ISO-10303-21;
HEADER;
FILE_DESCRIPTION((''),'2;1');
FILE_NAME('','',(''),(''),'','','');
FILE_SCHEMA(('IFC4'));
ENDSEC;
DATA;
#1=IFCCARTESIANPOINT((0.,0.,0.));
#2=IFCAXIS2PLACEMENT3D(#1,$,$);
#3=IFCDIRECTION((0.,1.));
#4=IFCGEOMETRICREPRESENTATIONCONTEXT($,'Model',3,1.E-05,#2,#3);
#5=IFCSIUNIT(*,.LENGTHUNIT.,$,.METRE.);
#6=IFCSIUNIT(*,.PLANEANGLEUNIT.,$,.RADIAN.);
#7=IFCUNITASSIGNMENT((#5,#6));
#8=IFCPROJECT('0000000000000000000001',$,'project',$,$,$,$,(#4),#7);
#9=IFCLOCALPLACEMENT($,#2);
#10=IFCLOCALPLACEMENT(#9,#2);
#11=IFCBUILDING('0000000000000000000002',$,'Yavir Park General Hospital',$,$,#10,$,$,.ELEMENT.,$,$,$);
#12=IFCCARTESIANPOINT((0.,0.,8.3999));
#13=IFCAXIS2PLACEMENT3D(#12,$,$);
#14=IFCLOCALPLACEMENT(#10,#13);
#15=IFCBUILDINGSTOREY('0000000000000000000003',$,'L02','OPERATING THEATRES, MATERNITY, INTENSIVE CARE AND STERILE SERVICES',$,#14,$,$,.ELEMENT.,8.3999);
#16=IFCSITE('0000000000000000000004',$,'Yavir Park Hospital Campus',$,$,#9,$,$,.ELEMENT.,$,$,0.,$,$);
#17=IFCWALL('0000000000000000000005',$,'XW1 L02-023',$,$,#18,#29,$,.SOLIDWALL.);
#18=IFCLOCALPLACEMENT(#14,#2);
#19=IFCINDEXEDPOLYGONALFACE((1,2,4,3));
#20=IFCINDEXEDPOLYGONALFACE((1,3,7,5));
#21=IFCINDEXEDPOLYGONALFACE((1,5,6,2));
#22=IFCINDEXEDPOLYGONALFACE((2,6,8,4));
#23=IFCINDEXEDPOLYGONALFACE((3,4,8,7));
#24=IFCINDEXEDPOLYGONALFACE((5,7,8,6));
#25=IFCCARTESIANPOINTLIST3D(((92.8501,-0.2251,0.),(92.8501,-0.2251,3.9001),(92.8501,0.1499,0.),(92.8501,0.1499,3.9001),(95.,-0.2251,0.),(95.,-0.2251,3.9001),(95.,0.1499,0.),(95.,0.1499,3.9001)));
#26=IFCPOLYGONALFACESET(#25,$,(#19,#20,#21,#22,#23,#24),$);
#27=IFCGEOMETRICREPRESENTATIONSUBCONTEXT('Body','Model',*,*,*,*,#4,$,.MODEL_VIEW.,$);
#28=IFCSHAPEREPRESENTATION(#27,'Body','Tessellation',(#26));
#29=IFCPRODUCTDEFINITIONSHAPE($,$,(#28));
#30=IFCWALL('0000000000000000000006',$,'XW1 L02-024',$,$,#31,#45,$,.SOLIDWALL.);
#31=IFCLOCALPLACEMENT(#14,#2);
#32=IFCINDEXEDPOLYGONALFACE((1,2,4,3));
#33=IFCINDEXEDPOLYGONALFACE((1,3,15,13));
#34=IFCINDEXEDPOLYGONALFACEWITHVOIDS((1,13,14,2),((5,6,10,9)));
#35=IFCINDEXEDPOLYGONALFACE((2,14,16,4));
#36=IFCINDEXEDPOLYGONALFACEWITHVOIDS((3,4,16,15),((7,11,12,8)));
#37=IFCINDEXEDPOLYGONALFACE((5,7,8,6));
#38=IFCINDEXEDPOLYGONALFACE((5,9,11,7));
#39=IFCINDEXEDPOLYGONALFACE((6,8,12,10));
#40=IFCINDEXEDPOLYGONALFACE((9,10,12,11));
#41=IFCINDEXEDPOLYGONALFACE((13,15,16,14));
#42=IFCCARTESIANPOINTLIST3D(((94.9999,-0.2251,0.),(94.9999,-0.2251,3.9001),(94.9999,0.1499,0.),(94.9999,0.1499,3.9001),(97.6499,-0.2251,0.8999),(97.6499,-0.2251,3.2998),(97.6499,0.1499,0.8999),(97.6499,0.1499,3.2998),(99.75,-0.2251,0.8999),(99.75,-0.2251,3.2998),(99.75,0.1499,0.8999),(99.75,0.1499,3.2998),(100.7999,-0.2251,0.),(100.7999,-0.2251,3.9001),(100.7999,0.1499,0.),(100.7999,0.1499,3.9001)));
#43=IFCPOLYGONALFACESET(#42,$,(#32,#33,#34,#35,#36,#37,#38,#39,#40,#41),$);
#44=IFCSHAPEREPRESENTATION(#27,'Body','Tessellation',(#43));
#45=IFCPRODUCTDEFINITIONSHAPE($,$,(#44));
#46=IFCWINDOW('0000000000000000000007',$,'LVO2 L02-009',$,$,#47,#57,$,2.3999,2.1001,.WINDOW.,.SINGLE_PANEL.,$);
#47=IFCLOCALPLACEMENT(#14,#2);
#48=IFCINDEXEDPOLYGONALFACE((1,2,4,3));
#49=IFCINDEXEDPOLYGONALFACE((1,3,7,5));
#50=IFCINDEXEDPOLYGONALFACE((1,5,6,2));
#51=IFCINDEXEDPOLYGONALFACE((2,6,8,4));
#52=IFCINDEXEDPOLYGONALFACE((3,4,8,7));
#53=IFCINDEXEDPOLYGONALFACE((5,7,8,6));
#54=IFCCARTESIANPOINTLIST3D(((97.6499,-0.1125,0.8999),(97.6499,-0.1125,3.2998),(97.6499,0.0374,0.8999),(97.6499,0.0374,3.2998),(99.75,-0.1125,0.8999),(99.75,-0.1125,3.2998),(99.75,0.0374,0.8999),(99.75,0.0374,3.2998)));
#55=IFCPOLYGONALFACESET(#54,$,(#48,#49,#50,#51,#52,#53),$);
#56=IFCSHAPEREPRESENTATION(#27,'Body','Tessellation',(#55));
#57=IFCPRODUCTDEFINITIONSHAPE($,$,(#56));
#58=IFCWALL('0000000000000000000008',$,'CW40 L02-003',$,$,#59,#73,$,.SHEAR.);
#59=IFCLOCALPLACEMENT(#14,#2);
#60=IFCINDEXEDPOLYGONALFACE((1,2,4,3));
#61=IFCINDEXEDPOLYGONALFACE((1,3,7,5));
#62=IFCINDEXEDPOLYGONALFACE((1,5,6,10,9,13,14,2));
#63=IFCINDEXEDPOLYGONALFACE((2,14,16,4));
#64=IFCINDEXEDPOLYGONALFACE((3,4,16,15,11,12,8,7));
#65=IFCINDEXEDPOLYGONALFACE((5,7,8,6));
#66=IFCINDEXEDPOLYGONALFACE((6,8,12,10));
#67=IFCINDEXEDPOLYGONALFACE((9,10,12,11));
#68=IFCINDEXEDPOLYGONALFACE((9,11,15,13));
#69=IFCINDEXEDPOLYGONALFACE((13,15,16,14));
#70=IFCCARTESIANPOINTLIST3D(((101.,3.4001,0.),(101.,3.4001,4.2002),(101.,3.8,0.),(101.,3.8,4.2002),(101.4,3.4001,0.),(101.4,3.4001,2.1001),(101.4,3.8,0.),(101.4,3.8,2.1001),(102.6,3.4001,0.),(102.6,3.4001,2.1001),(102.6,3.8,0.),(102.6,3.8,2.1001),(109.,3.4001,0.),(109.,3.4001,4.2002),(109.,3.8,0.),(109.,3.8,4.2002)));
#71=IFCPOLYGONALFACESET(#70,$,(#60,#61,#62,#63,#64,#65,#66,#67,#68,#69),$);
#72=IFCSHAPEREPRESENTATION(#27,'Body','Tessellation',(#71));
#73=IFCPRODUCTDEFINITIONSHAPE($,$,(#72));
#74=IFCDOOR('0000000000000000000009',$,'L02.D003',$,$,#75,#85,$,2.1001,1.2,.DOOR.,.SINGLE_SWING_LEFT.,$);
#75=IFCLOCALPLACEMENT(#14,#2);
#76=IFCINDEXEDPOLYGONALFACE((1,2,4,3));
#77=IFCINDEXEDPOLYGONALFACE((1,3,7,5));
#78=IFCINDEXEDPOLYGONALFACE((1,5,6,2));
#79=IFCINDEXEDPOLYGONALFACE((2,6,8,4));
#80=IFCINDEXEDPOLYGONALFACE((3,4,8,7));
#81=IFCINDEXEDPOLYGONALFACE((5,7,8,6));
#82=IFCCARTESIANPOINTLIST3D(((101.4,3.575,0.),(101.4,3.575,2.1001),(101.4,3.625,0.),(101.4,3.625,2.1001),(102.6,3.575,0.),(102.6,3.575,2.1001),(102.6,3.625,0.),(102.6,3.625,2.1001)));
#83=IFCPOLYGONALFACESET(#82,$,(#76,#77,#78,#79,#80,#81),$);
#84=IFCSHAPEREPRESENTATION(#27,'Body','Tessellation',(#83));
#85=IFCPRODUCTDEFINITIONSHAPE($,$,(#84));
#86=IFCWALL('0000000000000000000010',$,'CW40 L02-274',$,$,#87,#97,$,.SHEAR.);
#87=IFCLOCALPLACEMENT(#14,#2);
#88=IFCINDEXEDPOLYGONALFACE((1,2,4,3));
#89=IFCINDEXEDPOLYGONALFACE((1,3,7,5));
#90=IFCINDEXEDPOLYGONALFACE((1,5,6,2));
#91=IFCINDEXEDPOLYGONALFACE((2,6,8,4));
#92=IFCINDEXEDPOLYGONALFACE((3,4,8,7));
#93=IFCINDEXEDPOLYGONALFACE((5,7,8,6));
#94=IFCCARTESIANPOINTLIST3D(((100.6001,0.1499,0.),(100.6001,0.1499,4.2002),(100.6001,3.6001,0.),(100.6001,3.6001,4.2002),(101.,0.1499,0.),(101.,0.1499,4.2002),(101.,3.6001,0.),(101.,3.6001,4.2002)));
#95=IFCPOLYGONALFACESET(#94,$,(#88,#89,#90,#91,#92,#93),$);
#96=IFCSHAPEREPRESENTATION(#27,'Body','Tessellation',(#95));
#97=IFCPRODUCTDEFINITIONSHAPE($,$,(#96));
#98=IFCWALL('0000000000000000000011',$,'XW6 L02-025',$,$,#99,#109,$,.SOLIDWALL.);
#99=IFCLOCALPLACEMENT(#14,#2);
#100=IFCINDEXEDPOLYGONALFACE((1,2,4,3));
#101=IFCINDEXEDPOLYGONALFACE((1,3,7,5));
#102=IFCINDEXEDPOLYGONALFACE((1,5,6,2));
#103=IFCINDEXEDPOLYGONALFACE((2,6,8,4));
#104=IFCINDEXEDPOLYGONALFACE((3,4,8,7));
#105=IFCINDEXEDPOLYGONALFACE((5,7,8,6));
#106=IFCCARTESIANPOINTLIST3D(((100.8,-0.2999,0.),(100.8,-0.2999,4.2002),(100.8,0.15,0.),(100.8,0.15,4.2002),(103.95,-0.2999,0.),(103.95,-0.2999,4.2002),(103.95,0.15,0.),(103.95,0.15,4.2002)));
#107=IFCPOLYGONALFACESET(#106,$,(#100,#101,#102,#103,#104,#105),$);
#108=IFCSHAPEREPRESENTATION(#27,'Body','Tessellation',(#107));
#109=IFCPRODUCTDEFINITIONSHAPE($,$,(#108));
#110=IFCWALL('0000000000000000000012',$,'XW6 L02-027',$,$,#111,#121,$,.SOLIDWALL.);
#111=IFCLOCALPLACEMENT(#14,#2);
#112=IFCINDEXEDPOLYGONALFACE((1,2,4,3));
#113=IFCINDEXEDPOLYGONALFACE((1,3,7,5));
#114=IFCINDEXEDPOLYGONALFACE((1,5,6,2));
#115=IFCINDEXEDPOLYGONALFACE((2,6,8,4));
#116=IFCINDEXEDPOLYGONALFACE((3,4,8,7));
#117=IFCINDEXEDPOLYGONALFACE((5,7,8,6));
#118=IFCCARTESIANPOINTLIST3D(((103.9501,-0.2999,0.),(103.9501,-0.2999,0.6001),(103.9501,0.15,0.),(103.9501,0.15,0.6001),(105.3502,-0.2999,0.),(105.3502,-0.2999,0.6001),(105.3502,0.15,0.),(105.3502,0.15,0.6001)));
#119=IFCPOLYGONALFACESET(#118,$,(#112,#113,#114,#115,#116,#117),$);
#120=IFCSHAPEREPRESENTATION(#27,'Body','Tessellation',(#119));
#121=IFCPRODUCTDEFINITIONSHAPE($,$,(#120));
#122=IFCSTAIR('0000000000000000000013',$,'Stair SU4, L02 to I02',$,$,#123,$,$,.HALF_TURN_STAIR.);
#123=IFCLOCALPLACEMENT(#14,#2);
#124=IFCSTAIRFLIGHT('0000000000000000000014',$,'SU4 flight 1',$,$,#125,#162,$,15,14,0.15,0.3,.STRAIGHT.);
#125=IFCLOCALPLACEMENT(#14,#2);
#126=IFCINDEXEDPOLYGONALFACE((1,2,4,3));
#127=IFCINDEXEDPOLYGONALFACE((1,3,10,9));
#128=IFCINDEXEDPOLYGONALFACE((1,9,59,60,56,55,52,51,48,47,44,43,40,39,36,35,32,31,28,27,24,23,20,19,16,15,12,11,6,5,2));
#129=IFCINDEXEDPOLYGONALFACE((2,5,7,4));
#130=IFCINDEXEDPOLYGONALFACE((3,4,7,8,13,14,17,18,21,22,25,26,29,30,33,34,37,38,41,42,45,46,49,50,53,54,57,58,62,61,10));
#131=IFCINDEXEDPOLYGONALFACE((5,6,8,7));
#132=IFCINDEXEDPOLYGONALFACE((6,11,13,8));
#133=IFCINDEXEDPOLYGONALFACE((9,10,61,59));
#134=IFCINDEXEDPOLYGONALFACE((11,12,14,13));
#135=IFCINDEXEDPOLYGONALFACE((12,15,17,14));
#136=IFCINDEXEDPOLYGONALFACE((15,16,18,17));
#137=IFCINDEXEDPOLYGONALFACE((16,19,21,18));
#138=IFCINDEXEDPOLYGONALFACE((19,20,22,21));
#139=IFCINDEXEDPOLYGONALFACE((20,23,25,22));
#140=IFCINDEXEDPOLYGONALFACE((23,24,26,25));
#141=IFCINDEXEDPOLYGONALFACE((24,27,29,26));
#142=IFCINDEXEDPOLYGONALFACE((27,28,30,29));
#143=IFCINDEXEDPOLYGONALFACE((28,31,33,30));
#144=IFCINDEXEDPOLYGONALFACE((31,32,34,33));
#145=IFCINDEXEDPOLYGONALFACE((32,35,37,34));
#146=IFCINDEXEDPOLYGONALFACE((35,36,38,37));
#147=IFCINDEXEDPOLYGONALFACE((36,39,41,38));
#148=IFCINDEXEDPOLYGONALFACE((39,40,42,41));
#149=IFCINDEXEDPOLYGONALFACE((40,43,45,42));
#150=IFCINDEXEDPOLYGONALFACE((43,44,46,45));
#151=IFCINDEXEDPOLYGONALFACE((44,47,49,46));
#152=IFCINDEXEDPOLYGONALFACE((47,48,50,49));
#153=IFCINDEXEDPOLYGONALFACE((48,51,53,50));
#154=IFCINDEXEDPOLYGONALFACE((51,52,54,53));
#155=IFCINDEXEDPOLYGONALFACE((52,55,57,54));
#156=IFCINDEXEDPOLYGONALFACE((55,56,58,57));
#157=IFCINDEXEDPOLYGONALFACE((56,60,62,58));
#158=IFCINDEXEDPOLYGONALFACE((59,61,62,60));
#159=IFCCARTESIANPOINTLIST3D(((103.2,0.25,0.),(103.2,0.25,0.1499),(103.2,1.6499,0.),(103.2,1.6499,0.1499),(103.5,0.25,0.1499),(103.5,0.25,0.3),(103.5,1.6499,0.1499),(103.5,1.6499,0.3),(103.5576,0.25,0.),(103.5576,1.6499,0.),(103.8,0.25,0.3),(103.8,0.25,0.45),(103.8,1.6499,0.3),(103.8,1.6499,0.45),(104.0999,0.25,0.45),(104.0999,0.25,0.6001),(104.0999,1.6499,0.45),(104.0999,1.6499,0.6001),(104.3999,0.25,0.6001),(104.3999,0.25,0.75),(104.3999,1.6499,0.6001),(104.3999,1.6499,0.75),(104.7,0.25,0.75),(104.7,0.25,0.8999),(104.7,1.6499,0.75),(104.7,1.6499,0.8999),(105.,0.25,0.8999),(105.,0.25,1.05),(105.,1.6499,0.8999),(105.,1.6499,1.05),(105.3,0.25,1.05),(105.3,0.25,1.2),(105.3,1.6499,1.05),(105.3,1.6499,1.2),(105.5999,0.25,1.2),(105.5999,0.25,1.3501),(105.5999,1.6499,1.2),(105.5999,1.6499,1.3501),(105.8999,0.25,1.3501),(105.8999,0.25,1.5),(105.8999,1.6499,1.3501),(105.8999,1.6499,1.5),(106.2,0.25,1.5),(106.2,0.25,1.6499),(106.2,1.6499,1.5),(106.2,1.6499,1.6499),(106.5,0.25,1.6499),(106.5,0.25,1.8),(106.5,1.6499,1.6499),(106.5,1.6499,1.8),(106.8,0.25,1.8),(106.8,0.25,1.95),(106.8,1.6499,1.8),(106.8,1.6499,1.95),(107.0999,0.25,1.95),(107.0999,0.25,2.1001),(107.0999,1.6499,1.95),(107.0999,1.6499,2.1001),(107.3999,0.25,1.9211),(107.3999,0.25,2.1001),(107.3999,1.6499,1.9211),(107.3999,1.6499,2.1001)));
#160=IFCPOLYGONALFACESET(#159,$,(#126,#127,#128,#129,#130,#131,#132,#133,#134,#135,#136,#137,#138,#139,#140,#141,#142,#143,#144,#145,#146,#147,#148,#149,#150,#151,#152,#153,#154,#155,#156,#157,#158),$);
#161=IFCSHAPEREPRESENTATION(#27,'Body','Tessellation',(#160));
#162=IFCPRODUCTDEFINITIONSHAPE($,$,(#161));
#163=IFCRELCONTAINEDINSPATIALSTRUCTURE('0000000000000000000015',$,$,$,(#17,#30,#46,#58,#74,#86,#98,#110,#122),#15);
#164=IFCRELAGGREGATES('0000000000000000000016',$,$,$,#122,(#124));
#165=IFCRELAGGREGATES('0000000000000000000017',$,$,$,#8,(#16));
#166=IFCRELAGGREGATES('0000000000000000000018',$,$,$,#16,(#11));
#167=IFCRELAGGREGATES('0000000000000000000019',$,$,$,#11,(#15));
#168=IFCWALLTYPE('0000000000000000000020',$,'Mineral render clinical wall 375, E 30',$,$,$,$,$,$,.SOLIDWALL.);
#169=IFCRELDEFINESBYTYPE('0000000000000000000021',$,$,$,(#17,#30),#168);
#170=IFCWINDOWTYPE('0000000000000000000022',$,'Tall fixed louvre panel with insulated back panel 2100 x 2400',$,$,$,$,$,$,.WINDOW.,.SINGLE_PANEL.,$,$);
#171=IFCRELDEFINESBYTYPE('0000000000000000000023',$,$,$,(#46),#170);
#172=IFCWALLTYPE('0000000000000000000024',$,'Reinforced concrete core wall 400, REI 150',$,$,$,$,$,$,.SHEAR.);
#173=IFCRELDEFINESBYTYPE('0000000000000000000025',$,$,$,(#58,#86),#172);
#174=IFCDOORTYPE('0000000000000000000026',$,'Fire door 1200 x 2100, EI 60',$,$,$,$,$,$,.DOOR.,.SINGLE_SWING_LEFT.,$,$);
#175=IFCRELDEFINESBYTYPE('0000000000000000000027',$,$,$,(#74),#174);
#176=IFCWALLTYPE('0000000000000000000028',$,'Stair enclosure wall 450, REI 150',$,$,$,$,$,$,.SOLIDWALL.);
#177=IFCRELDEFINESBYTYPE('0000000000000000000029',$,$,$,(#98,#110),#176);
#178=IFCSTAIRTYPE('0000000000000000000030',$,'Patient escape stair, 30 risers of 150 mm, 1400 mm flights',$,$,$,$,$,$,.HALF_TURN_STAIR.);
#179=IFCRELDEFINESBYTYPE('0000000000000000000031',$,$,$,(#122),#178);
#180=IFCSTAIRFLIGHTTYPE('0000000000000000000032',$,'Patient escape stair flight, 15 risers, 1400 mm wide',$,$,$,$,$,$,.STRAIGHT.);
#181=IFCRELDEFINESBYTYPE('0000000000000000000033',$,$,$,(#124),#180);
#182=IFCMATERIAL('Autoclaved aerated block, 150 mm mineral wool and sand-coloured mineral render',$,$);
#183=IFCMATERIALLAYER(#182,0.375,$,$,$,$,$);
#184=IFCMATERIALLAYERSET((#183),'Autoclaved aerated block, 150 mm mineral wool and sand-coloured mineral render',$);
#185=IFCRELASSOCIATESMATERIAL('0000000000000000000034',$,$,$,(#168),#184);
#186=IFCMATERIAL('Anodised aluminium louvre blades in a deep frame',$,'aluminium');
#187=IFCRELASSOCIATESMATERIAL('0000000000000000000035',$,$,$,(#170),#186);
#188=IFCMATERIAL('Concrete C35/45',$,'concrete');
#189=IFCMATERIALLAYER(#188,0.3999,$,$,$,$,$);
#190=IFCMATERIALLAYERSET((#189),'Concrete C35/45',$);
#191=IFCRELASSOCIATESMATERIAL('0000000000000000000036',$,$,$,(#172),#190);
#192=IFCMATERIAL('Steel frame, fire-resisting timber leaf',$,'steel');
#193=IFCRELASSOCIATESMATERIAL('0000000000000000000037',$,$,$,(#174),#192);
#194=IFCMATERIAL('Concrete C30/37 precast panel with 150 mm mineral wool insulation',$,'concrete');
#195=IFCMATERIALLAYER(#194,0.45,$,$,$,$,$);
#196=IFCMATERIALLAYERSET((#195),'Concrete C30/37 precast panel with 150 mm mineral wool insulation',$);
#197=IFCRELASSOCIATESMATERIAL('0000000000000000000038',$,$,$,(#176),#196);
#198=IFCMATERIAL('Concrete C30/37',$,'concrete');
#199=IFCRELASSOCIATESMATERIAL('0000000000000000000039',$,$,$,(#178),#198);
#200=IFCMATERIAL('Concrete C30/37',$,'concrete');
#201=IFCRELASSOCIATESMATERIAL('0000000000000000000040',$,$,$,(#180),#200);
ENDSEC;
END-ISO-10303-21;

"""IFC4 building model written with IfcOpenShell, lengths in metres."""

from ifc_helpers import new_model, si_unit, direction, frame, frame_2d, origin, place, context, subcontext, project, spatial, polyline, rectangle, outline, extrude, material, layer, layer_set, type_object, element, fill, aggregate, save


model = new_model("IFC4")

# Units and contexts
model_context = context("Model", 3, precision=1e-05, world=origin(), true_north=direction((0.0, 1.0)))
body_context = subcontext(model_context, "Body", "Model", "MODEL_VIEW")
ifc_project = project(units=[si_unit("LENGTHUNIT", "METRE"), si_unit("PLANEANGLEUNIT", "RADIAN")], contexts=[model_context])

# Site, building, storey
site_placement = place(None, origin())
site = spatial("IfcSite", under=ifc_project, at=site_placement, Name="Yavir Park Hospital Campus", CompositionType="ELEMENT", RefElevation=0.0)
building_placement = place(site_placement, origin())
building = spatial("IfcBuilding", under=site, at=building_placement, Name="Yavir Park General Hospital", CompositionType="ELEMENT")
storey_placement = place(building_placement, frame((0.0, 0.0, 8.3999)))
storey = spatial("IfcBuildingStorey", under=building, at=storey_placement, Name="L02", Description="OPERATING THEATRES, MATERNITY, INTENSIVE CARE AND STERILE SERVICES", CompositionType="ELEMENT", Elevation=8.3999)

# Wall
ifc_material_1 = material(Name="Autoclaved aerated block, 150 mm mineral wool and sand-coloured mineral render")
ifc_layer_1 = layer(ifc_material_1, 0.375)
ifc_layer_set_1 = layer_set([ifc_layer_1], Name="Autoclaved aerated block, 150 mm mineral wool and sand-coloured mineral render")
wall_type_1 = type_object("IfcWallType", Name="Mineral render clinical wall 375, E 30", PredefinedType="SOLIDWALL", material=ifc_layer_set_1)
wall_1_placement = place(storey_placement, frame((92.8501, -0.0376, 0.0), z_axis=(0.0, 0.0, 1.0), x_axis=(1.0, 0.0, 0.0)))
element("IfcWall", 1, at=wall_1_placement, inside=storey, type_object=wall_type_1, Name="XW1 L02-023", PredefinedType="SOLIDWALL", context=body_context, shape_type="SweptSolid", body=[
    extrude(rectangle(XDim=2.1499, YDim=0.375, at=frame_2d((1.075, 0.0))), origin(), (0.0, 0.0, 1.0), 3.9001),
])

# Wall, opening, window
wall_2_placement = place(storey_placement, frame((95.0, -0.0376, 0.0), z_axis=(0.0, 0.0, 1.0), x_axis=(1.0, 0.0, 0.0)))
wall_2 = element("IfcWall", 2, at=wall_2_placement, inside=storey, type_object=wall_type_1, Name="XW1 L02-024", PredefinedType="SOLIDWALL", context=body_context, shape_type="SweptSolid", body=[
    extrude(rectangle(XDim=5.8, YDim=0.375, at=frame_2d((2.8999, 0.0))), origin(), (0.0, 0.0, 1.0), 3.9001),
])
opening_1_placement = place(wall_2_placement, frame((2.6499, 0.0, 0.8999)))
opening_1 = element("IfcOpeningElement", 3, at=opening_1_placement, cuts=wall_2, PredefinedType="OPENING", context=body_context, shape_type="SweptSolid", body=[
    extrude(rectangle(XDim=2.1001, YDim=2.3999, at=frame_2d((1.05, 1.2))), frame((0.0, 0.1975, 0.0), z_axis=(0.0, -1.0, 0.0), x_axis=(1.0, 0.0, 0.0)), (0.0, 0.0, 1.0), 0.395),
])
ifc_material_2 = material(Name="Anodised aluminium louvre blades in a deep frame", Category="aluminium")
window_type = type_object("IfcWindowType", Name="Tall fixed louvre panel with insulated back panel 2100 x 2400", PartitioningType="SINGLE_PANEL", PredefinedType="WINDOW", material=ifc_material_2)
window_placement = place(opening_1_placement, origin())
window = element("IfcWindow", 4, at=window_placement, inside=storey, type_object=window_type, Name="LVO2 L02-009", OverallHeight=2.3999, OverallWidth=2.1001, PartitioningType="SINGLE_PANEL", PredefinedType="WINDOW", context=body_context, shape_type="SweptSolid", body=[
    extrude(rectangle(XDim=2.1001, YDim=2.3999, at=frame_2d((1.05, 1.2))), frame((0.0, 0.075, 0.0), z_axis=(0.0, -1.0, 0.0), x_axis=(1.0, 0.0, 0.0)), (0.0, 0.0, 1.0), 0.1499),
])
fill(opening_1, window)

# Wall, opening, door
ifc_material_3 = material(Name="Concrete C35/45", Category="concrete")
ifc_layer_2 = layer(ifc_material_3, 0.3999)
ifc_layer_set_2 = layer_set([ifc_layer_2], Name="Concrete C35/45")
wall_type_2 = type_object("IfcWallType", Name="Reinforced concrete core wall 400, REI 150", PredefinedType="SHEAR", material=ifc_layer_set_2)
wall_3_placement = place(storey_placement, frame((101.0, 3.6001, 0.0), z_axis=(0.0, 0.0, 1.0), x_axis=(1.0, 0.0, 0.0)))
wall_3 = element("IfcWall", 5, at=wall_3_placement, inside=storey, type_object=wall_type_2, Name="CW40 L02-003", PredefinedType="SHEAR", context=body_context, shape_type="SweptSolid", body=[
    extrude(rectangle(XDim=8.0, YDim=0.3999, at=frame_2d((4.0, 0.0))), origin(), (0.0, 0.0, 1.0), 4.2002),
])
opening_2_placement = place(wall_3_placement, frame((0.3999, 0.0, 0.0)))
opening_2 = element("IfcOpeningElement", 6, at=opening_2_placement, cuts=wall_3, PredefinedType="OPENING", context=body_context, shape_type="SweptSolid", body=[
    extrude(rectangle(XDim=1.2, YDim=2.1001, at=frame_2d((0.6001, 1.05))), frame((0.0, 0.21, 0.0), z_axis=(0.0, -1.0, 0.0), x_axis=(1.0, 0.0, 0.0)), (0.0, 0.0, 1.0), 0.4199),
])
ifc_material_4 = material(Name="Steel frame, fire-resisting timber leaf", Category="steel")
door_type_1 = type_object("IfcDoorType", Name="Fire door 1200 x 2100, EI 60", OperationType="SINGLE_SWING_LEFT", PredefinedType="DOOR", material=ifc_material_4)
door_1_placement = place(opening_2_placement, origin())
door_1 = element("IfcDoor", 7, at=door_1_placement, inside=storey, type_object=door_type_1, Name="L02.D003", OperationType="SINGLE_SWING_LEFT", OverallHeight=2.1001, OverallWidth=1.2, PredefinedType="DOOR", context=body_context, shape_type="SweptSolid", body=[
    extrude(rectangle(XDim=1.2, YDim=2.1001, at=frame_2d((0.6001, 1.05))), frame((0.0, 0.0249, 0.0), z_axis=(0.0, -1.0, 0.0), x_axis=(1.0, 0.0, 0.0)), (0.0, 0.0, 1.0), 0.05),
])
fill(opening_2, door_1)

# Walls
wall_4_placement = place(storey_placement, frame((100.8, 0.1499, 0.0), z_axis=(0.0, 0.0, 1.0), x_axis=(0.0, 1.0, 0.0)))
element("IfcWall", 8, at=wall_4_placement, inside=storey, type_object=wall_type_2, Name="CW40 L02-274", PredefinedType="SHEAR", context=body_context, shape_type="SweptSolid", body=[
    extrude(rectangle(XDim=3.4502, YDim=0.3999, at=frame_2d((1.7251, 0.0))), origin(), (0.0, 0.0, 1.0), 4.2002),
])
ifc_material_5 = material(Name="Concrete C30/37 precast panel with 150 mm mineral wool insulation", Category="concrete")
ifc_layer_3 = layer(ifc_material_5, 0.45)
ifc_layer_set_3 = layer_set([ifc_layer_3], Name="Concrete C30/37 precast panel with 150 mm mineral wool insulation")
wall_type_3 = type_object("IfcWallType", Name="Stair enclosure wall 450, REI 150", PredefinedType="SOLIDWALL", material=ifc_layer_set_3)
wall_5_placement = place(storey_placement, frame((100.8, -0.075, 0.0), z_axis=(0.0, 0.0, 1.0), x_axis=(1.0, 0.0, 0.0)))
element("IfcWall", 9, at=wall_5_placement, inside=storey, type_object=wall_type_3, Name="XW6 L02-025", PredefinedType="SOLIDWALL", context=body_context, shape_type="SweptSolid", body=[
    extrude(rectangle(XDim=3.1499, YDim=0.45, at=frame_2d((1.575, 0.0))), origin(), (0.0, 0.0, 1.0), 4.2002),
])
wall_6_placement = place(storey_placement, frame((103.95, -0.075, 0.0), z_axis=(0.0, 0.0, 1.0), x_axis=(1.0, 0.0, 0.0)))
element("IfcWall", 10, at=wall_6_placement, inside=storey, type_object=wall_type_3, Name="XW6 L02-027", PredefinedType="SOLIDWALL", context=body_context, shape_type="SweptSolid", body=[
    extrude(rectangle(XDim=1.4001, YDim=0.45, at=frame_2d((0.7002, 0.0))), origin(), (0.0, 0.0, 1.0), 0.6001),
])

# Stair, stair flight
ifc_material_6 = material(Name="Concrete C30/37", Category="concrete")
stair_type = type_object("IfcStairType", Name="Patient escape stair, 30 risers of 150 mm, 1400 mm flights", PredefinedType="HALF_TURN_STAIR", material=ifc_material_6)
stair_placement = place(storey_placement, origin())
stair = element("IfcStair", 11, at=stair_placement, inside=storey, type_object=stair_type, Name="Stair SU4, L02 to I02", PredefinedType="HALF_TURN_STAIR")
ifc_material_7 = material(Name="Concrete C30/37", Category="concrete")
stair_flight_type = type_object("IfcStairFlightType", Name="Patient escape stair flight, 15 risers, 1400 mm wide", PredefinedType="STRAIGHT", material=ifc_material_7)
stair_flight_placement = place(storey_placement, frame((103.2, 0.95, 0.0), z_axis=(0.0, 0.0, 1.0), x_axis=(1.0, 0.0, 0.0)))
stair_flight = element("IfcStairFlight", 12, at=stair_flight_placement, type_object=stair_flight_type, Name="SU4 flight 1", NumberOfRisers=15, NumberOfTreads=14, PredefinedType="STRAIGHT", RiserHeight=0.15, TreadLength=0.3, context=body_context, shape_type="SweptSolid", body=[
    extrude(outline(polyline([(0.0, 0.0), (0.0, 0.1499), (0.3, 0.1499), (0.3, 0.3), (0.6001, 0.3), (0.6001, 0.45), (0.8999, 0.45), (0.8999, 0.6001), (1.2, 0.6001), (1.2, 0.75), (1.5, 0.75), (1.5, 0.8999), (1.8, 0.8999), (1.8, 1.05), (2.1001, 1.05), (2.1001, 1.2), (2.3999, 1.2), (2.3999, 1.3501), (2.7, 1.3501), (2.7, 1.5), (3.0, 1.5), (3.0, 1.6499), (3.3, 1.6499), (3.3, 1.8), (3.6001, 1.8), (3.6001, 1.95), (3.8999, 1.95), (3.8999, 2.1001), (4.2, 2.1001), (4.2, 2.25), (4.2, 1.9211), (0.3577, 0.0), (0.0, 0.0)])), frame((0.0, 0.7, 0.0), z_axis=(0.0, -1.0, 0.0), x_axis=(1.0, 0.0, 0.0)), (0.0, 0.0, 1.0), 1.3999),
])
aggregate(stair, [stair_flight])

save(model, "model.ifc")
